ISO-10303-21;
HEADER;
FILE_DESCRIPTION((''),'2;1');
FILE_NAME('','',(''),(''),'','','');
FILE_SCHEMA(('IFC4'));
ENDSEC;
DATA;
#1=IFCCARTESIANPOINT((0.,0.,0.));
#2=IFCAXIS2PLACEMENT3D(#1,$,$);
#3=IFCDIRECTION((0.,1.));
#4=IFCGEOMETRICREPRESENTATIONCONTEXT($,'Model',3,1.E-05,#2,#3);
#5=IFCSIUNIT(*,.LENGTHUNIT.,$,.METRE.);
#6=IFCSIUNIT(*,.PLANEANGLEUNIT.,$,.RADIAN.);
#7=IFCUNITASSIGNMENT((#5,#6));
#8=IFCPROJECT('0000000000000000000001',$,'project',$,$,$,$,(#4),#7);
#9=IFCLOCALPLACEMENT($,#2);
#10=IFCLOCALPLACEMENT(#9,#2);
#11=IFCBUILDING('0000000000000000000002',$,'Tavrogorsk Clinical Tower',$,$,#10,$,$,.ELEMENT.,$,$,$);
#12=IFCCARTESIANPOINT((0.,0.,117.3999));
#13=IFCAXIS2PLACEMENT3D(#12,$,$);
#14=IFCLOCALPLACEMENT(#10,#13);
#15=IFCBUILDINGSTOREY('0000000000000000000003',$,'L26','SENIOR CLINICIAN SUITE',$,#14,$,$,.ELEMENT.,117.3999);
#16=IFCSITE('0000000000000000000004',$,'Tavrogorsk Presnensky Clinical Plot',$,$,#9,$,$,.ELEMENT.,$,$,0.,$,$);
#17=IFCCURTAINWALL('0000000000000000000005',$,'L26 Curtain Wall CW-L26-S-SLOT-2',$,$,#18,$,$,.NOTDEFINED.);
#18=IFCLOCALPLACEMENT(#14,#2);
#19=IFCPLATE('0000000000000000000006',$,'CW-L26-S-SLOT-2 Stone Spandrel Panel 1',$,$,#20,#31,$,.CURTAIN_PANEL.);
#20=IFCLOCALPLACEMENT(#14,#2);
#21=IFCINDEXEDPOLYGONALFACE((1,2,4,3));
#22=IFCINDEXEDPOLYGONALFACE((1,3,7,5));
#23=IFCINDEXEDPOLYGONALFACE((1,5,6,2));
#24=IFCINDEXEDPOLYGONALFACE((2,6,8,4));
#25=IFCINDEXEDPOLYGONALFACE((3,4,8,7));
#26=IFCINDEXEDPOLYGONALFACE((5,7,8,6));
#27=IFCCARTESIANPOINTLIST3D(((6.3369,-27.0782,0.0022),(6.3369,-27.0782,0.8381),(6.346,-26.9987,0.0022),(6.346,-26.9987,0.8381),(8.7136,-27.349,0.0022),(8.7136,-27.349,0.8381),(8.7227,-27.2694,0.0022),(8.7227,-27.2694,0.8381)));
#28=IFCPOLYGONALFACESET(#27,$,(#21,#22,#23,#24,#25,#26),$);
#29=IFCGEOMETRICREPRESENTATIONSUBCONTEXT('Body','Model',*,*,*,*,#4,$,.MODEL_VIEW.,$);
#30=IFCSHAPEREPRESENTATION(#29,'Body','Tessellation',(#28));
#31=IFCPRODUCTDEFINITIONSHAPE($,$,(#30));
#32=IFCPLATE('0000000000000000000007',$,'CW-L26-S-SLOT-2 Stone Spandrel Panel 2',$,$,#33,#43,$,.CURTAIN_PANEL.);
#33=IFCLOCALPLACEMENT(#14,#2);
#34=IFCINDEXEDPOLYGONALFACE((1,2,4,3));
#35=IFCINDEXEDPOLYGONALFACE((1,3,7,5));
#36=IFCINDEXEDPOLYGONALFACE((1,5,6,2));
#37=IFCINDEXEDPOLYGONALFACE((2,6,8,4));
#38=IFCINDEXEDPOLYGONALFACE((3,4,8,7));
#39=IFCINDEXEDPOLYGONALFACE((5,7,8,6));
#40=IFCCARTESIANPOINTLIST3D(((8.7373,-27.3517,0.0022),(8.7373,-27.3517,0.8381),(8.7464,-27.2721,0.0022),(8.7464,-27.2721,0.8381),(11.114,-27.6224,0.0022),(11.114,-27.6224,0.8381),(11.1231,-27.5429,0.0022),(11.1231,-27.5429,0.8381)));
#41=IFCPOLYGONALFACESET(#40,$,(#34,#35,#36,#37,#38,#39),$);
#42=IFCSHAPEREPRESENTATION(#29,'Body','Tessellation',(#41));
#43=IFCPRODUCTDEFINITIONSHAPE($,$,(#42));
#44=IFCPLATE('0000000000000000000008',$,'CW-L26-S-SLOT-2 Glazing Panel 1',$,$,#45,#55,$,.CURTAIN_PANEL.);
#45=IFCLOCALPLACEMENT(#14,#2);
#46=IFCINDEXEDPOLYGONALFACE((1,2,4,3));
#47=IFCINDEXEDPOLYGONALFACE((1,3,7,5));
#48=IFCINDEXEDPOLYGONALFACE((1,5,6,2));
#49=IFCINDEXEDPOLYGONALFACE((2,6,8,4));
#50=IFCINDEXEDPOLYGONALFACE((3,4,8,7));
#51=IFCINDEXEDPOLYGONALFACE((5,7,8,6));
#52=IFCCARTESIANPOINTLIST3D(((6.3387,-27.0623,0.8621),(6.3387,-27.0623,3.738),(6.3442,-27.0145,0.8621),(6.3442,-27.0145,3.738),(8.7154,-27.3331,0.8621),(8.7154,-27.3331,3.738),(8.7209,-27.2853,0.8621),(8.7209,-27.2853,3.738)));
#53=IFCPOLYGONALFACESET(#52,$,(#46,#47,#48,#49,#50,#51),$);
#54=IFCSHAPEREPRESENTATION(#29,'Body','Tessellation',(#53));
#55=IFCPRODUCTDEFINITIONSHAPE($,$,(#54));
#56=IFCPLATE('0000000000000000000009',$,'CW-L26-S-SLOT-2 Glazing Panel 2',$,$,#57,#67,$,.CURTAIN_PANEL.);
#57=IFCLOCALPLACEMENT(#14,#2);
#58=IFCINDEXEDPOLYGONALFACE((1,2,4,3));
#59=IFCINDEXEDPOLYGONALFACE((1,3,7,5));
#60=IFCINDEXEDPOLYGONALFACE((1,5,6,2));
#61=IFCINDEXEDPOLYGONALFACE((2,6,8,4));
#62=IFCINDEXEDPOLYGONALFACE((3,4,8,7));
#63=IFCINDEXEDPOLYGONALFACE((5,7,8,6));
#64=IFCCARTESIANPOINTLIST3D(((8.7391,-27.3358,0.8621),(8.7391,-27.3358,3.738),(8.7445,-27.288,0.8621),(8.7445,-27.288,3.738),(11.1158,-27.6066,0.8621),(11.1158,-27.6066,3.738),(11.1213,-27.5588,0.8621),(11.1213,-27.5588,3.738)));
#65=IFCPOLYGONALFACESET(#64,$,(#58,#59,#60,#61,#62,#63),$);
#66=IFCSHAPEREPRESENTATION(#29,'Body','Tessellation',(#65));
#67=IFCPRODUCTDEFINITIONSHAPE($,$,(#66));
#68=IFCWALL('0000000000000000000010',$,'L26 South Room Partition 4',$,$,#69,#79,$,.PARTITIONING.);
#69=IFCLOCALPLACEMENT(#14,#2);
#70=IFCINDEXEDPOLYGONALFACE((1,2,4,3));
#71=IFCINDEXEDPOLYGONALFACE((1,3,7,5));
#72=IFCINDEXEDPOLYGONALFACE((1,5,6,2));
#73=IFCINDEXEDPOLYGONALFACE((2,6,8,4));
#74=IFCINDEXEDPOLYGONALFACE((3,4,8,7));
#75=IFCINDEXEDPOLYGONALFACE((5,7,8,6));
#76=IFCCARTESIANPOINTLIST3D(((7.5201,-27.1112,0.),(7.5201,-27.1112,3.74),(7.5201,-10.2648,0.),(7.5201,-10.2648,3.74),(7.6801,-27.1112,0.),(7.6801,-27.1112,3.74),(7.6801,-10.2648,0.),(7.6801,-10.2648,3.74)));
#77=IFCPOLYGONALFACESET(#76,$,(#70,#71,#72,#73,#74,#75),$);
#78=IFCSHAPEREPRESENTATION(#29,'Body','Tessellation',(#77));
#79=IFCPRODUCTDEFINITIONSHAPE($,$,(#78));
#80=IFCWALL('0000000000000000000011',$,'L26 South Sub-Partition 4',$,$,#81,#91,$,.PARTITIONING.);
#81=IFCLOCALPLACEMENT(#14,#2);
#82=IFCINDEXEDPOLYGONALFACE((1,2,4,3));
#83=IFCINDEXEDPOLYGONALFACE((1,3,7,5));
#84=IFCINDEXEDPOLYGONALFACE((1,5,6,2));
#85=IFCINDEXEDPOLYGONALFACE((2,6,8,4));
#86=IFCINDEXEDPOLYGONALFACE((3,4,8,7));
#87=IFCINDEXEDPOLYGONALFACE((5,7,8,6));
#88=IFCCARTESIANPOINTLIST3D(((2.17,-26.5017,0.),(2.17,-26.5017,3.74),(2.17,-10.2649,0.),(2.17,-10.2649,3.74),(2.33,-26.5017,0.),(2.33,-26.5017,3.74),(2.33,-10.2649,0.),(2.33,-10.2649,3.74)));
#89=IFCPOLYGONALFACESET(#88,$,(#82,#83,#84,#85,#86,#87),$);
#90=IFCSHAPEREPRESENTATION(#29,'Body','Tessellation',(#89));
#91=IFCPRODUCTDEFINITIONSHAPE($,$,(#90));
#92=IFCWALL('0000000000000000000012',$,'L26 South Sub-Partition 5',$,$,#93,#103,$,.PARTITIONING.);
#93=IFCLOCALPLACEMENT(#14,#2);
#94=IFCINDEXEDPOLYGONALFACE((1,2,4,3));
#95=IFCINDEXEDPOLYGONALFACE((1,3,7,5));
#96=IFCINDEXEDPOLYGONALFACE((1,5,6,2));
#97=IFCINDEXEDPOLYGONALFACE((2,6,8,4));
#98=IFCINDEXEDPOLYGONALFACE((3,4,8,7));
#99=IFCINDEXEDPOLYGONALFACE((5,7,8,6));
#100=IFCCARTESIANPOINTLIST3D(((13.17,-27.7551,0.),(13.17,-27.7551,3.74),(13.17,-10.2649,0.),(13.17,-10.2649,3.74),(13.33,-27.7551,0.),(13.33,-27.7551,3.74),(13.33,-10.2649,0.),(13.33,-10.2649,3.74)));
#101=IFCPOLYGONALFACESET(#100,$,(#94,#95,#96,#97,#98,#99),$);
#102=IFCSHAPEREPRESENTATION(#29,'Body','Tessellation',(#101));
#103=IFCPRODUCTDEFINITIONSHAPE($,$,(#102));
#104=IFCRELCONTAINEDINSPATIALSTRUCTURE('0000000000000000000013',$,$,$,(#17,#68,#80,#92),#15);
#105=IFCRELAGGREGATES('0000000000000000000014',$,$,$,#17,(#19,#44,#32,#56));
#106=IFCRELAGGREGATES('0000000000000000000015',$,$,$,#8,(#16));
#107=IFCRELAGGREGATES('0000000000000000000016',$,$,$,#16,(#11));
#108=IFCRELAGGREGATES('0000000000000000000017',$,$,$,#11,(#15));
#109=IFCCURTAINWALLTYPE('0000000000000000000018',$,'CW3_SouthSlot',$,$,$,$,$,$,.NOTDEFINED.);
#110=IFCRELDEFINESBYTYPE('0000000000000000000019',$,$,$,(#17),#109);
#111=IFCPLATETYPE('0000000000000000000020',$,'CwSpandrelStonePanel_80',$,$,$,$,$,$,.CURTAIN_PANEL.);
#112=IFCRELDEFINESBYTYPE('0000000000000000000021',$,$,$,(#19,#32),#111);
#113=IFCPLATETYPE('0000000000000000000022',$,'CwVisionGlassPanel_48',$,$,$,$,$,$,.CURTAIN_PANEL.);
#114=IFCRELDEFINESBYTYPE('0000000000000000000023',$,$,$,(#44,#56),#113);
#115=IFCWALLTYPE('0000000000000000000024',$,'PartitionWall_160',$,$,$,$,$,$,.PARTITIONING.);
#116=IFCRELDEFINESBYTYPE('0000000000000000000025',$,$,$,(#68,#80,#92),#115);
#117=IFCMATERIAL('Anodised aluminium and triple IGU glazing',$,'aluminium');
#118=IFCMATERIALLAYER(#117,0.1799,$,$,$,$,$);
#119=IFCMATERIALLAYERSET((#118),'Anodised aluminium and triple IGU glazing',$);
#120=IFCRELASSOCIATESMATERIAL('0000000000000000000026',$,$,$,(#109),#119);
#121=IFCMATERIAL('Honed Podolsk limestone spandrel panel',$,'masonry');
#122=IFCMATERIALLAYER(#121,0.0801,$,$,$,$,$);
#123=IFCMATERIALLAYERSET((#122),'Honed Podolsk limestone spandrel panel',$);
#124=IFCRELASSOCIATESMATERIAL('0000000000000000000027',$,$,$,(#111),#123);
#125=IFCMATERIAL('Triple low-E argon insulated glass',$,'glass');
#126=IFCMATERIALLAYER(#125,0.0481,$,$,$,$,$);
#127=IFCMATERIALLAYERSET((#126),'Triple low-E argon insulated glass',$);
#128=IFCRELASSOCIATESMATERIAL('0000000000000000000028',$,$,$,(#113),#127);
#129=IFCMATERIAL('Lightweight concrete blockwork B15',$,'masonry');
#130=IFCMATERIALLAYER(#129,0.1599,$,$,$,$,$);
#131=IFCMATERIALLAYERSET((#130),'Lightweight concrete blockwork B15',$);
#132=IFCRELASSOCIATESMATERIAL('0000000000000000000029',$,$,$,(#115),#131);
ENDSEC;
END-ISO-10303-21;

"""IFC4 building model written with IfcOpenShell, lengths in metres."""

from ifc_helpers import new_model, si_unit, direction, frame, frame_2d, origin, origin_2d, place, context, subcontext, project, spatial, rectangle, extrude, material, layer, layer_set, type_object, element, aggregate, save


model = new_model("IFC4")

# Units and contexts
model_context = context("Model", 3, precision=1e-05, world=origin(), true_north=direction((0.0, 1.0)))
body_context = subcontext(model_context, "Body", "Model", "MODEL_VIEW")
ifc_project = project(units=[si_unit("LENGTHUNIT", "METRE"), si_unit("PLANEANGLEUNIT", "RADIAN")], contexts=[model_context])

# Site, building, storey
site_placement = place(None, origin())
site = spatial("IfcSite", under=ifc_project, at=site_placement, Name="Tavrogorsk Presnensky Clinical Plot", CompositionType="ELEMENT", RefElevation=0.0)
building_placement = place(site_placement, origin())
building = spatial("IfcBuilding", under=site, at=building_placement, Name="Tavrogorsk Clinical Tower", CompositionType="ELEMENT")
storey_placement = place(building_placement, frame((0.0, 0.0, 117.3999)))
storey = spatial("IfcBuildingStorey", under=building, at=storey_placement, Name="L26", Description="SENIOR CLINICIAN SUITE", CompositionType="ELEMENT", Elevation=117.3999)

# Curtain wall
ifc_material_1 = material(Name="Anodised aluminium and triple IGU glazing", Category="aluminium")
ifc_layer_1 = layer(ifc_material_1, 0.1799)
ifc_layer_set_1 = layer_set([ifc_layer_1], Name="Anodised aluminium and triple IGU glazing")
curtain_wall_type = type_object("IfcCurtainWallType", Name="CW3_SouthSlot", PredefinedType="NOTDEFINED", material=ifc_layer_set_1)
curtain_wall_placement = place(storey_placement, origin())
curtain_wall = element("IfcCurtainWall", 1, at=curtain_wall_placement, inside=storey, type_object=curtain_wall_type, Name="L26 Curtain Wall CW-L26-S-SLOT-2", PredefinedType="NOTDEFINED")

# Plates
ifc_material_2 = material(Name="Honed Podolsk limestone spandrel panel", Category="masonry")
ifc_layer_2 = layer(ifc_material_2, 0.0801)
ifc_layer_set_2 = layer_set([ifc_layer_2], Name="Honed Podolsk limestone spandrel panel")
plate_type_1 = type_object("IfcPlateType", Name="CwSpandrelStonePanel_80", PredefinedType="CURTAIN_PANEL", material=ifc_layer_set_2)
plate_1_placement = place(storey_placement, frame((7.5298, -27.1738, 0.0022), z_axis=(0.0, 0.0, 1.0), x_axis=(0.993572, -0.113203, 0.0)))
plate_1 = element("IfcPlate", 2, at=plate_1_placement, type_object=plate_type_1, Name="CW-L26-S-SLOT-2 Stone Spandrel Panel 1", PredefinedType="CURTAIN_PANEL", context=body_context, shape_type="SweptSolid", body=[
    extrude(rectangle(XDim=2.3921, YDim=0.0801, at=origin_2d()), origin(), (0.0, 0.0, 1.0), 0.8359),
])
plate_2_placement = place(storey_placement, frame((9.9302, -27.4473, 0.0022), z_axis=(0.0, 0.0, 1.0), x_axis=(0.993572, -0.113203, 0.0)))
plate_2 = element("IfcPlate", 3, at=plate_2_placement, type_object=plate_type_1, Name="CW-L26-S-SLOT-2 Stone Spandrel Panel 2", PredefinedType="CURTAIN_PANEL", context=body_context, shape_type="SweptSolid", body=[
    extrude(rectangle(XDim=2.3921, YDim=0.0801, at=origin_2d()), origin(), (0.0, 0.0, 1.0), 0.8359),
])
ifc_material_3 = material(Name="Triple low-E argon insulated glass", Category="glass")
ifc_layer_3 = layer(ifc_material_3, 0.0481)
ifc_layer_set_3 = layer_set([ifc_layer_3], Name="Triple low-E argon insulated glass")
plate_type_2 = type_object("IfcPlateType", Name="CwVisionGlassPanel_48", PredefinedType="CURTAIN_PANEL", material=ifc_layer_set_3)
plate_3_placement = place(storey_placement, frame((7.5298, -27.1738, 0.8621), z_axis=(0.0, 0.0, 1.0), x_axis=(0.993572, -0.113203, 0.0)))
plate_3 = element("IfcPlate", 4, at=plate_3_placement, type_object=plate_type_2, Name="CW-L26-S-SLOT-2 Glazing Panel 1", PredefinedType="CURTAIN_PANEL", context=body_context, shape_type="SweptSolid", body=[
    extrude(rectangle(XDim=2.3921, YDim=0.0481, at=origin_2d()), origin(), (0.0, 0.0, 1.0), 2.876),
])
plate_4_placement = place(storey_placement, frame((9.9302, -27.4473, 0.8621), z_axis=(0.0, 0.0, 1.0), x_axis=(0.993572, -0.113203, 0.0)))
plate_4 = element("IfcPlate", 5, at=plate_4_placement, type_object=plate_type_2, Name="CW-L26-S-SLOT-2 Glazing Panel 2", PredefinedType="CURTAIN_PANEL", context=body_context, shape_type="SweptSolid", body=[
    extrude(rectangle(XDim=2.3921, YDim=0.0481, at=origin_2d()), origin(), (0.0, 0.0, 1.0), 2.876),
])
aggregate(curtain_wall, [plate_1, plate_3, plate_2, plate_4])

# Walls
ifc_material_4 = material(Name="Lightweight concrete blockwork B15", Category="masonry")
ifc_layer_4 = layer(ifc_material_4, 0.1599)
ifc_layer_set_4 = layer_set([ifc_layer_4], Name="Lightweight concrete blockwork B15")
wall_type_1 = type_object("IfcWallType", Name="PartitionWall_160", PredefinedType="PARTITIONING", material=ifc_layer_set_4)
wall_1_placement = place(storey_placement, frame((7.6001, -27.1113, 0.0), z_axis=(0.0, 0.0, 1.0), x_axis=(0.0, 1.0, 0.0)))
element("IfcWall", 6, at=wall_1_placement, inside=storey, type_object=wall_type_1, Name="L26 South Room Partition 4", PredefinedType="PARTITIONING", context=body_context, shape_type="SweptSolid", body=[
    extrude(rectangle(XDim=16.8464, YDim=0.1599, at=frame_2d((8.4233, 0.0))), origin(), (0.0, 0.0, 1.0), 3.74),
])
wall_2_placement = place(storey_placement, frame((2.25, -26.5017, 0.0), z_axis=(0.0, 0.0, 1.0), x_axis=(0.0, 1.0, 0.0)))
element("IfcWall", 7, at=wall_2_placement, inside=storey, type_object=wall_type_1, Name="L26 South Sub-Partition 4", PredefinedType="PARTITIONING", context=body_context, shape_type="SweptSolid", body=[
    extrude(rectangle(XDim=16.2368, YDim=0.1599, at=frame_2d((8.1184, 0.0))), origin(), (0.0, 0.0, 1.0), 3.74),
])
wall_3_placement = place(storey_placement, frame((13.25, -27.7551, 0.0), z_axis=(0.0, 0.0, 1.0), x_axis=(0.0, 1.0, 0.0)))
element("IfcWall", 8, at=wall_3_placement, inside=storey, type_object=wall_type_1, Name="L26 South Sub-Partition 5", PredefinedType="PARTITIONING", context=body_context, shape_type="SweptSolid", body=[
    extrude(rectangle(XDim=17.4902, YDim=0.1599, at=frame_2d((8.7451, 0.0))), origin(), (0.0, 0.0, 1.0), 3.74),
])

save(model, "model.ifc")
